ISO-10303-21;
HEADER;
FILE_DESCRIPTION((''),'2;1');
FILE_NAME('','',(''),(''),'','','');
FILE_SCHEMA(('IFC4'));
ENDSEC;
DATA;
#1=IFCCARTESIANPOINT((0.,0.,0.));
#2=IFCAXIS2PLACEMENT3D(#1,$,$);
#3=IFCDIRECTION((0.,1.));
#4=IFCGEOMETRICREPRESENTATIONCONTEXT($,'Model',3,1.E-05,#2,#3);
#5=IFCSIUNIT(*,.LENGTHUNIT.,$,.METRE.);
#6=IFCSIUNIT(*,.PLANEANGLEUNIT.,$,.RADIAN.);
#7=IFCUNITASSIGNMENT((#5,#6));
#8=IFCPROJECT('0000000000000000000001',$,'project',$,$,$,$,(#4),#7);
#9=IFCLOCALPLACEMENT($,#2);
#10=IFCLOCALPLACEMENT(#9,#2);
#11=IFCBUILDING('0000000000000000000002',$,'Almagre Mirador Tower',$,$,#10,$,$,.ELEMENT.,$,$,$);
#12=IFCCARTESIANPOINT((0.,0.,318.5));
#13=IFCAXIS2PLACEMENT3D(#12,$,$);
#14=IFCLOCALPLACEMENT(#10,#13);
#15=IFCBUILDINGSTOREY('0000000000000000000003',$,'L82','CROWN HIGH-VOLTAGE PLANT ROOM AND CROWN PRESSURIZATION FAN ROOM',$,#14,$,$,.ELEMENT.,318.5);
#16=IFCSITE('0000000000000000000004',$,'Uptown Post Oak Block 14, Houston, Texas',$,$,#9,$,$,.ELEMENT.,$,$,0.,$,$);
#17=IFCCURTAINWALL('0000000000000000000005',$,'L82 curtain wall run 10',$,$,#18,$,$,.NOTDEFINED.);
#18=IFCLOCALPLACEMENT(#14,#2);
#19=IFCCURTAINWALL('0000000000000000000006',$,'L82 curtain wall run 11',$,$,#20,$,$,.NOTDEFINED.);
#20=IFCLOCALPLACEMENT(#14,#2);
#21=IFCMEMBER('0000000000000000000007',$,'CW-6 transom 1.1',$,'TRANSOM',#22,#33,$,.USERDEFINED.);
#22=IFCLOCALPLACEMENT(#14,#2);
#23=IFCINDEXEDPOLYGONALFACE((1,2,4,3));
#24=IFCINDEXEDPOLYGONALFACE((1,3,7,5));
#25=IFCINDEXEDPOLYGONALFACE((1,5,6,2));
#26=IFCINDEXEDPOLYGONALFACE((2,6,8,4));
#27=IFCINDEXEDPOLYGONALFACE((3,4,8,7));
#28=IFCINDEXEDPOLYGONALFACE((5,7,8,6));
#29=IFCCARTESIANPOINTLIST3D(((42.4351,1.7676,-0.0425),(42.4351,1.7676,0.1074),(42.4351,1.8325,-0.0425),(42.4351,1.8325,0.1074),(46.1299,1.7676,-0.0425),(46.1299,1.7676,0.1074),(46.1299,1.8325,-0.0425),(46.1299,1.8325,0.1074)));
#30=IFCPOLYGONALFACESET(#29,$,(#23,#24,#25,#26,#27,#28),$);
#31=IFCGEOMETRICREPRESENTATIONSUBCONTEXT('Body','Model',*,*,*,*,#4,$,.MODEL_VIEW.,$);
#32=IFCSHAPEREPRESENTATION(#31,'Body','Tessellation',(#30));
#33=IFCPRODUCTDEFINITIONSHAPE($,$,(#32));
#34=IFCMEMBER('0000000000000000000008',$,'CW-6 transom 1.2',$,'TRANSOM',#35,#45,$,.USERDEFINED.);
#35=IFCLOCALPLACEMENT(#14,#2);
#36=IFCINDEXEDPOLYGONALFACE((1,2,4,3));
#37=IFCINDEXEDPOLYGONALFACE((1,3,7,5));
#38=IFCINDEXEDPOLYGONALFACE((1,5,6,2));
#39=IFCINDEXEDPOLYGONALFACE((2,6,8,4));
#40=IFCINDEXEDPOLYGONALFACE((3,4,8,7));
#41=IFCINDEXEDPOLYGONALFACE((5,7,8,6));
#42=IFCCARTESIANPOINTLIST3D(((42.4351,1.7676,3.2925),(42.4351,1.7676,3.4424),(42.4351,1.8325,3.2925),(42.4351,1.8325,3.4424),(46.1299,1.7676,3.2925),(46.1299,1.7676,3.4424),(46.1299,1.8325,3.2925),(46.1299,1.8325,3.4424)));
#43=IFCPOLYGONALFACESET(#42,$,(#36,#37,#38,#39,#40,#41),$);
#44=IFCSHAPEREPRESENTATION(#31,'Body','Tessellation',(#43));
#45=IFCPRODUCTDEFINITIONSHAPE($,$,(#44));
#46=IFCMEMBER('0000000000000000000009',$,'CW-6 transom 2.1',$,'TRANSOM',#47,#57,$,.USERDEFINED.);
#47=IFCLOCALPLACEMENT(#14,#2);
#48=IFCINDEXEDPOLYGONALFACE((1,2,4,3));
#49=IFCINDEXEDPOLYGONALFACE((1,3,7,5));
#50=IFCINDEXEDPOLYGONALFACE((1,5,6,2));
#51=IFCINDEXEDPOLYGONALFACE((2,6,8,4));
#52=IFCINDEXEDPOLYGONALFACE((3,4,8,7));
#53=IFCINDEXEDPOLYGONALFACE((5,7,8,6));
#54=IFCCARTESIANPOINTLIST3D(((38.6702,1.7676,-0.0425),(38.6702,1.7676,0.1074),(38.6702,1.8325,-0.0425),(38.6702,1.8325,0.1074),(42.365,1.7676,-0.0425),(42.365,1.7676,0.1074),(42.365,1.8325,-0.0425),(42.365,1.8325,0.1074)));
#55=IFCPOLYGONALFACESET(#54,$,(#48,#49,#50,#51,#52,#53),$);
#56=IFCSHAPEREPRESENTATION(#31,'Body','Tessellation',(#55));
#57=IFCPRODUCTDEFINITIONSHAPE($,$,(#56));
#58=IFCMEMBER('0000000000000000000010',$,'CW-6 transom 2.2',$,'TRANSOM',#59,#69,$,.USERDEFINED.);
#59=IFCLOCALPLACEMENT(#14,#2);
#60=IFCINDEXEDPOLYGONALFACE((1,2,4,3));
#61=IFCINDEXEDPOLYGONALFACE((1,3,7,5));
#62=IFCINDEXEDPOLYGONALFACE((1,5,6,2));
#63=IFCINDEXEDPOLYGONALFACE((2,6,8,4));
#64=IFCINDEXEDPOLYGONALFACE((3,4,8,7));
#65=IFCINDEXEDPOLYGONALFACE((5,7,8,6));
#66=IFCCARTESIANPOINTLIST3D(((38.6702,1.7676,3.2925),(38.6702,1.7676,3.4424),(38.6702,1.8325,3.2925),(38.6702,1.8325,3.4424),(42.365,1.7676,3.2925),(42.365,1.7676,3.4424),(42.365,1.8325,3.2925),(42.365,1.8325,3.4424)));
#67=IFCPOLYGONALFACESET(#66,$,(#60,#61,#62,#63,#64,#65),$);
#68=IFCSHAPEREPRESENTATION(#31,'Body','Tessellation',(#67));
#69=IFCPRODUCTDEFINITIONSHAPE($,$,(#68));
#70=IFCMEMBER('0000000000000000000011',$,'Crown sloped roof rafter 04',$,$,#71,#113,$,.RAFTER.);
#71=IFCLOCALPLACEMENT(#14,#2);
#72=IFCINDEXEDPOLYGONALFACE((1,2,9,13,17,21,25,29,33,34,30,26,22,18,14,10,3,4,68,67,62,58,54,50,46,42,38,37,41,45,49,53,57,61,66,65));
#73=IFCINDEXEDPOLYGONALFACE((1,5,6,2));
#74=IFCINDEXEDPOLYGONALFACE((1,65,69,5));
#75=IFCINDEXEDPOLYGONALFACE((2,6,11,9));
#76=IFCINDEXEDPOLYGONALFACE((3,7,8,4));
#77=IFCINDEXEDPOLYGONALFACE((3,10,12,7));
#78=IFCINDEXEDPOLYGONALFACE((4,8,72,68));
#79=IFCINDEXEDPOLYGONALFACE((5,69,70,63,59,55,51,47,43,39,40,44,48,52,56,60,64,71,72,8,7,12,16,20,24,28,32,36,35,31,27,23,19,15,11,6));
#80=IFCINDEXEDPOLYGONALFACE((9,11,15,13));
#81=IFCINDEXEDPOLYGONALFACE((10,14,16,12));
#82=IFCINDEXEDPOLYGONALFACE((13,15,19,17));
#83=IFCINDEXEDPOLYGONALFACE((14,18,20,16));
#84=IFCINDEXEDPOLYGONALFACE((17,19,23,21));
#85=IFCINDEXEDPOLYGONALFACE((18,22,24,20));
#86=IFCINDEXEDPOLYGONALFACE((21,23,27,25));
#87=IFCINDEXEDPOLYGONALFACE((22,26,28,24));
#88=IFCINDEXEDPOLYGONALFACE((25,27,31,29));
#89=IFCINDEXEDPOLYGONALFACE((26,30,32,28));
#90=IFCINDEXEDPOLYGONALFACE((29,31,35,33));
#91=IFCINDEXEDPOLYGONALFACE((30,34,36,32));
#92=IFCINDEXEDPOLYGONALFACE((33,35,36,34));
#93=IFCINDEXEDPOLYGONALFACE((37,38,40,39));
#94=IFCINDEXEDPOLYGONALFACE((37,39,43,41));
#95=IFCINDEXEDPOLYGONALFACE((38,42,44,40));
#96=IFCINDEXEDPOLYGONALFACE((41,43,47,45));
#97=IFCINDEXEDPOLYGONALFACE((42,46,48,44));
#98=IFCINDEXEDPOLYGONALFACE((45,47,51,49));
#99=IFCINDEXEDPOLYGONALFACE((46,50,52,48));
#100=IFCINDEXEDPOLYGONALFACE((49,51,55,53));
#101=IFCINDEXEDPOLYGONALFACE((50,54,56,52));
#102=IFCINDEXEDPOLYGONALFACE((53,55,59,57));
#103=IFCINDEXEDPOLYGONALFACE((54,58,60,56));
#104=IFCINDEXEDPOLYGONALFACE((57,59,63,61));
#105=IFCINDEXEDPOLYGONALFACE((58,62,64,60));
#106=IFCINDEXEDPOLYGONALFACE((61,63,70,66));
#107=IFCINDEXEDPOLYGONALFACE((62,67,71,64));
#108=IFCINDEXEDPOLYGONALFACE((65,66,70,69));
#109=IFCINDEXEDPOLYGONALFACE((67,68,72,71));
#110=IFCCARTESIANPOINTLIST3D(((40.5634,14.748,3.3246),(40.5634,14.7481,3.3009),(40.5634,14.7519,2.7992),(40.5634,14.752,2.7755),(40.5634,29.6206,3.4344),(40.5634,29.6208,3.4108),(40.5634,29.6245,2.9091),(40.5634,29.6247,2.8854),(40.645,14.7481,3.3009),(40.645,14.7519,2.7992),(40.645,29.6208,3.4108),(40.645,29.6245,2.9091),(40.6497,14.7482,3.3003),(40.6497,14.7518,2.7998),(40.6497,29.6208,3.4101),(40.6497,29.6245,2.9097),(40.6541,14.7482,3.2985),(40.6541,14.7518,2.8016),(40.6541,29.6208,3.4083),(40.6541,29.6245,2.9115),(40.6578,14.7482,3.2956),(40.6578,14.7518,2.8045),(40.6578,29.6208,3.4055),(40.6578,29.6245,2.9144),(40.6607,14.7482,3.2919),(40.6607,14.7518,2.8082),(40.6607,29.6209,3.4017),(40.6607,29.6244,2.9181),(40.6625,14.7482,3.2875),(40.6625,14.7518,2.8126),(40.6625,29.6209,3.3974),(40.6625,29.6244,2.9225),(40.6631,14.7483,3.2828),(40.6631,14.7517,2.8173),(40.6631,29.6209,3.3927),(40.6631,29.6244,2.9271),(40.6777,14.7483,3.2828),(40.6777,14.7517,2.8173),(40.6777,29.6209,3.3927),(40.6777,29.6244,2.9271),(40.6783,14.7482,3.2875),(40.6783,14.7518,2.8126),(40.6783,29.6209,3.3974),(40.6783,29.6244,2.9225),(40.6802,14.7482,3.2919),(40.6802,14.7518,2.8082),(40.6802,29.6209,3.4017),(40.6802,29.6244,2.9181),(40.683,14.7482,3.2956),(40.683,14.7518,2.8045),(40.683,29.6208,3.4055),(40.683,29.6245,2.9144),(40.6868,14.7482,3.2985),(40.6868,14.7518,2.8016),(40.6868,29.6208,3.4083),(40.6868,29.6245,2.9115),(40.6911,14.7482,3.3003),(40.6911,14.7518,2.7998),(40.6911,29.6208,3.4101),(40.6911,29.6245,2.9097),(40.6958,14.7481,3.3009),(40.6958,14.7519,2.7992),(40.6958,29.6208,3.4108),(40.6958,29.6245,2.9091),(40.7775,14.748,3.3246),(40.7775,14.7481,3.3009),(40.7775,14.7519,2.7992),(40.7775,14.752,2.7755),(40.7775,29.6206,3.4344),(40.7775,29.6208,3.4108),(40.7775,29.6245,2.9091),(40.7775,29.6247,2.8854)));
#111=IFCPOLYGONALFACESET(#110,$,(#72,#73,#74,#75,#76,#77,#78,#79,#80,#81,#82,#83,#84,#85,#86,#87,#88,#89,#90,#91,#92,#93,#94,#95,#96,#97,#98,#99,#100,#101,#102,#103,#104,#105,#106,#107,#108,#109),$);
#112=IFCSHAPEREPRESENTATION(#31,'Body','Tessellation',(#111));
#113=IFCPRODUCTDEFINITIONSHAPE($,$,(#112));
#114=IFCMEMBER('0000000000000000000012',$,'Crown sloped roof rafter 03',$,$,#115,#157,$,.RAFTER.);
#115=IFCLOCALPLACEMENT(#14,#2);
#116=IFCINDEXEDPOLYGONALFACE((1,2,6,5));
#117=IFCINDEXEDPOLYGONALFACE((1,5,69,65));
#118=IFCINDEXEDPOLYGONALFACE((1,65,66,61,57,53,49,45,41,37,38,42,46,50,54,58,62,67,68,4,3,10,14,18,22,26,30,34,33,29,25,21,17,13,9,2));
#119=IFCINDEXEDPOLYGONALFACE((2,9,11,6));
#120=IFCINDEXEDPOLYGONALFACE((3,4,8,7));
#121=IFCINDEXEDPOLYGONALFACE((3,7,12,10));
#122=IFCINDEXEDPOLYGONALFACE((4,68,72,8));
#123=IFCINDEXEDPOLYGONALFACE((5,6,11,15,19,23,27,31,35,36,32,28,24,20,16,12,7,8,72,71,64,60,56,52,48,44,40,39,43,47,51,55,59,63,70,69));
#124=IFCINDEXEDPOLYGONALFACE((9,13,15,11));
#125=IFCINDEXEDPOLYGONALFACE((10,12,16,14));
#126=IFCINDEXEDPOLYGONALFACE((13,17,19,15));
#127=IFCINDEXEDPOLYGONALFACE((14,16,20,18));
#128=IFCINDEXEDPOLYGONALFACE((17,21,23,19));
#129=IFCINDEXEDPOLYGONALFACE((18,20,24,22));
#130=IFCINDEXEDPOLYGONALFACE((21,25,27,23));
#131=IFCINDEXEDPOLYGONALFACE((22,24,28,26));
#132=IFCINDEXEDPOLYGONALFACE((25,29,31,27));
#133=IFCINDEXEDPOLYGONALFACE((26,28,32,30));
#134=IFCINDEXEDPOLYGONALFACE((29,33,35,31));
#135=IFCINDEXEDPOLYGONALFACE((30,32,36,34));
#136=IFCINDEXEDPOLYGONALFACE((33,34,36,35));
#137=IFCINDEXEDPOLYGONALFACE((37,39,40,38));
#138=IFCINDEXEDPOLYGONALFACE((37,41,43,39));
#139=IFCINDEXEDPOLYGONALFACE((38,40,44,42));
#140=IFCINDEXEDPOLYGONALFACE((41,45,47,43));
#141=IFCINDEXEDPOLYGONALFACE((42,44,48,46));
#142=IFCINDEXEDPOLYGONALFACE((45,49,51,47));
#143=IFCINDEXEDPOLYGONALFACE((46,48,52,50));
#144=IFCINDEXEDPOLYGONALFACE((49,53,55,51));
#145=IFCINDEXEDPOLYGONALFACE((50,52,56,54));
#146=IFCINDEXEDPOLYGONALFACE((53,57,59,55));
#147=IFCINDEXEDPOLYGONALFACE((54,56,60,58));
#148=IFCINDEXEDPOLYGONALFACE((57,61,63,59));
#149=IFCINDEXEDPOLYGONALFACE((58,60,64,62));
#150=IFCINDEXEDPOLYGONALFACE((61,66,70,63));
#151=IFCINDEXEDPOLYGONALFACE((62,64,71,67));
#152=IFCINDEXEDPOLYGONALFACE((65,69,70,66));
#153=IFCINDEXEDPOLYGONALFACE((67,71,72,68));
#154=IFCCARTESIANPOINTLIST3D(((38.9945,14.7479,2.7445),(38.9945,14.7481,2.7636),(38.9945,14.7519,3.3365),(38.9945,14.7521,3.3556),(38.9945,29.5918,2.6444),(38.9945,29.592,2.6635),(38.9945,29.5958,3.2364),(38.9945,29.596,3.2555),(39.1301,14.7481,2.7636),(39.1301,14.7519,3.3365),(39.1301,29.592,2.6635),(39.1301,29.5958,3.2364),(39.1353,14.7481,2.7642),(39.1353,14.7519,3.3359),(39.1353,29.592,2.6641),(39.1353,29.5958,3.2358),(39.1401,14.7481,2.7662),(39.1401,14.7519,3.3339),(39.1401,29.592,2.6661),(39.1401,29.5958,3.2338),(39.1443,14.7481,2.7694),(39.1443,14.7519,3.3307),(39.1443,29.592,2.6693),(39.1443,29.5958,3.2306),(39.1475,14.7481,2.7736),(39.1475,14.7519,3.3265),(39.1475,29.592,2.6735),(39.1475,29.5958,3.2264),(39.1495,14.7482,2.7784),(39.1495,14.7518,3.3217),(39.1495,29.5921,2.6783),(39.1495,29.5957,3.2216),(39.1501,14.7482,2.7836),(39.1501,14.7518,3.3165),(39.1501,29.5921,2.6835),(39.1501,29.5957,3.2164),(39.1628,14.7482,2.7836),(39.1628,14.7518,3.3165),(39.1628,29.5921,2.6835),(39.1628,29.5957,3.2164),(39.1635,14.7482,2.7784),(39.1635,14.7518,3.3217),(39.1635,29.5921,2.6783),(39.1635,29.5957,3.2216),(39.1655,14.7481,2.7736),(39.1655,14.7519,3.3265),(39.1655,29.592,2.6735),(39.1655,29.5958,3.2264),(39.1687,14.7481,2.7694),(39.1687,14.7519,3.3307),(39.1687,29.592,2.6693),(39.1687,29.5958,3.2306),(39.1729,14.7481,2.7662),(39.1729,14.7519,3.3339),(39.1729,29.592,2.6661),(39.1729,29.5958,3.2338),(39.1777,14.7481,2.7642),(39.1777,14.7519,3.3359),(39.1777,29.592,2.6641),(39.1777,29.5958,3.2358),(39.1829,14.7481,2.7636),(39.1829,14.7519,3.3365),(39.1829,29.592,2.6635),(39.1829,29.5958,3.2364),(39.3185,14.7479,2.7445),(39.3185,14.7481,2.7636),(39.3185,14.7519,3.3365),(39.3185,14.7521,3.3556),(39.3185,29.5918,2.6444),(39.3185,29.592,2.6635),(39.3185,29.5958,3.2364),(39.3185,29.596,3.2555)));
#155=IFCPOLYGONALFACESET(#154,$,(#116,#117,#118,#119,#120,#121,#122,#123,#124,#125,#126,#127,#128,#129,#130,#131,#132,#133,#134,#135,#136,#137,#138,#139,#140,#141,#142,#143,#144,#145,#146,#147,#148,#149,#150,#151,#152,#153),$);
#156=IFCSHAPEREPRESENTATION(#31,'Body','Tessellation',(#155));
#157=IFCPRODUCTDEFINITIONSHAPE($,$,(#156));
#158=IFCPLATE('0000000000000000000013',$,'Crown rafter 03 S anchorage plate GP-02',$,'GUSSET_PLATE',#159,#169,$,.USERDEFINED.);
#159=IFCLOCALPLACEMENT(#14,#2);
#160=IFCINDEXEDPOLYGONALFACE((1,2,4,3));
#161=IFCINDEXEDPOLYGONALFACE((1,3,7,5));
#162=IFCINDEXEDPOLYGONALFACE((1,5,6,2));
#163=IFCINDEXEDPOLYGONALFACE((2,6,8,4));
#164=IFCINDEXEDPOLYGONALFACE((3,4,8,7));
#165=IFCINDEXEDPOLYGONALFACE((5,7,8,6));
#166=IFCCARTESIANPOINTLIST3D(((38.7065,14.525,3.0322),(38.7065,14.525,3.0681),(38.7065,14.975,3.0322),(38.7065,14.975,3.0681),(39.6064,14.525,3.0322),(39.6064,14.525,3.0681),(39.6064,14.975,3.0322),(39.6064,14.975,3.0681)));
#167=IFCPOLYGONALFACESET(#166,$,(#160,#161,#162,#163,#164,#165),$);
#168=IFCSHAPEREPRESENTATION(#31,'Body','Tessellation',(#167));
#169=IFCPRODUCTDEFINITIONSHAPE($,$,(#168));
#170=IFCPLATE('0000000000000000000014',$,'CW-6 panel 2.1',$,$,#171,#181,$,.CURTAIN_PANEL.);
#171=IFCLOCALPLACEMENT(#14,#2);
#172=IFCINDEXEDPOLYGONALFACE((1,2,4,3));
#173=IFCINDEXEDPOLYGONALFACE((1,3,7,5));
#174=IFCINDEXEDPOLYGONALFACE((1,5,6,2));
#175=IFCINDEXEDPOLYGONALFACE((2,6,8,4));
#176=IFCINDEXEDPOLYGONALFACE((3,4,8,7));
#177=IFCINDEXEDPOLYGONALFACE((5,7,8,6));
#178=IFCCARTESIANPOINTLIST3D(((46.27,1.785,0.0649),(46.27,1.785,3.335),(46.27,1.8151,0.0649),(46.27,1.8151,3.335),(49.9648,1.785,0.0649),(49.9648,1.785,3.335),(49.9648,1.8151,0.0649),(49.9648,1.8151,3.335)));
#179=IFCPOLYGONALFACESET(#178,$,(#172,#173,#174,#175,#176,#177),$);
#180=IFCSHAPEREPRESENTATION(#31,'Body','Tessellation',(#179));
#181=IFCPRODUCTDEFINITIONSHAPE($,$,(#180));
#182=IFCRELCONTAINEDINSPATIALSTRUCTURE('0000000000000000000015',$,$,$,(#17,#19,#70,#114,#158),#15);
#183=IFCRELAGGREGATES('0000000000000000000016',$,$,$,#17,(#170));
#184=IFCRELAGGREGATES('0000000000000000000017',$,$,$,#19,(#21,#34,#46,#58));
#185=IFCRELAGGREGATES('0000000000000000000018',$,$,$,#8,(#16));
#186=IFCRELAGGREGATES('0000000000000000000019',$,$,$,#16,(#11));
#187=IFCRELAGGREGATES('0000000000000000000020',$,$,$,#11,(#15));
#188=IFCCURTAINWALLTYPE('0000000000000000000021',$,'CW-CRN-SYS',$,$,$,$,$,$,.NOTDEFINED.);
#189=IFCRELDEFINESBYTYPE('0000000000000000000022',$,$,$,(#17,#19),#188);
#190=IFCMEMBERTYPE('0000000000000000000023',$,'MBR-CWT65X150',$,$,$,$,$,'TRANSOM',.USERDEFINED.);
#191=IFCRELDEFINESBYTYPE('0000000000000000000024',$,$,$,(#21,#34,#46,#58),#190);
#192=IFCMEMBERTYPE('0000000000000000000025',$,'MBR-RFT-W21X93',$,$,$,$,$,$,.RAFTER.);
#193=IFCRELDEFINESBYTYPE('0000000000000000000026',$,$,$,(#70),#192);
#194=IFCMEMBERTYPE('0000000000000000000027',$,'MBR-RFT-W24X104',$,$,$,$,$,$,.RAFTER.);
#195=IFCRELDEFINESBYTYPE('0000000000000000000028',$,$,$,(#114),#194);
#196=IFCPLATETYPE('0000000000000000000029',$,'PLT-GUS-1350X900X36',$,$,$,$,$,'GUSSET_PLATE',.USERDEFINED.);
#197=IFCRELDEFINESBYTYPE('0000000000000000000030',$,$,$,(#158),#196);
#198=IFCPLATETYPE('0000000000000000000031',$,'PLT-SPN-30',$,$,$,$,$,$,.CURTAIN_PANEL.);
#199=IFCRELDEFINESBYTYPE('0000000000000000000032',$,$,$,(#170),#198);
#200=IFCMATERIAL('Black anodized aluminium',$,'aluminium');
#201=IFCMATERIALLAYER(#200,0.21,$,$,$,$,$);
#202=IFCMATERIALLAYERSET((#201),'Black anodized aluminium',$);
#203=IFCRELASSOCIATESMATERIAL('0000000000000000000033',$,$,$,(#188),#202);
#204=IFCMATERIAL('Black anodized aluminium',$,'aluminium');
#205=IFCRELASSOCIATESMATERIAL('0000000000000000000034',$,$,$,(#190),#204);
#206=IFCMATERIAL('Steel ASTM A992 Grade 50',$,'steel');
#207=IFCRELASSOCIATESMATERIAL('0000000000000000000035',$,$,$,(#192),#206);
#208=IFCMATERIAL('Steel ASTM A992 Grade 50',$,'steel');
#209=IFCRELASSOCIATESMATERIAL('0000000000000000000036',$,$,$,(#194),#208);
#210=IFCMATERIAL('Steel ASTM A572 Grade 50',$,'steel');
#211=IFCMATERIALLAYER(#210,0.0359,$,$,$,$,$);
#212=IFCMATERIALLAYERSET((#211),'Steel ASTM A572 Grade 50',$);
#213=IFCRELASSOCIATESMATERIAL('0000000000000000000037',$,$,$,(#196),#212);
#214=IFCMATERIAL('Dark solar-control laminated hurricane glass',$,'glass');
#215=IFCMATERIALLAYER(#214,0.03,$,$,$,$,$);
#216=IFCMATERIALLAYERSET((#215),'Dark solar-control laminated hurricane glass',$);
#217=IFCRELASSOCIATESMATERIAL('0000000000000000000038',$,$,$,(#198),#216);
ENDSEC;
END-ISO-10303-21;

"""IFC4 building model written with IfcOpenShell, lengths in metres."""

from ifc_helpers import new_model, si_unit, direction, frame, origin, origin_2d, place, context, subcontext, project, spatial, rectangle, i_section, extrude, material, layer, layer_set, material_profile, profile_set, type_object, element, aggregate, save


model = new_model("IFC4")

# Units and contexts
model_context = context("Model", 3, precision=1e-05, world=origin(), true_north=direction((0.0, 1.0)))
body_context = subcontext(model_context, "Body", "Model", "MODEL_VIEW")
ifc_project = project(units=[si_unit("LENGTHUNIT", "METRE"), si_unit("PLANEANGLEUNIT", "RADIAN")], contexts=[model_context])

# Site, building, storey
site_placement = place(None, origin())
site = spatial("IfcSite", under=ifc_project, at=site_placement, Name="Uptown Post Oak Block 14, Houston, Texas", CompositionType="ELEMENT", RefElevation=0.0)
building_placement = place(site_placement, origin())
building = spatial("IfcBuilding", under=site, at=building_placement, Name="Almagre Mirador Tower", CompositionType="ELEMENT")
storey_placement = place(building_placement, frame((0.0, 0.0, 318.5)))
storey = spatial("IfcBuildingStorey", under=building, at=storey_placement, Name="L82", Description="CROWN HIGH-VOLTAGE PLANT ROOM AND CROWN PRESSURIZATION FAN ROOM", CompositionType="ELEMENT", Elevation=318.5)

# Curtain wall
ifc_material_1 = material(Name="Black anodized aluminium", Category="aluminium")
ifc_layer_1 = layer(ifc_material_1, 0.21)
ifc_layer_set_1 = layer_set([ifc_layer_1], Name="Black anodized aluminium")
curtain_wall_type = type_object("IfcCurtainWallType", Name="CW-CRN-SYS", PredefinedType="NOTDEFINED", material=ifc_layer_set_1)
curtain_wall_1_placement = place(storey_placement, origin())
curtain_wall_1 = element("IfcCurtainWall", 1, at=curtain_wall_1_placement, inside=storey, type_object=curtain_wall_type, Name="L82 curtain wall run 10", PredefinedType="NOTDEFINED")

# Curtain wall, members
curtain_wall_2_placement = place(storey_placement, origin())
curtain_wall_2 = element("IfcCurtainWall", 2, at=curtain_wall_2_placement, inside=storey, type_object=curtain_wall_type, Name="L82 curtain wall run 11", PredefinedType="NOTDEFINED")
ifc_material_2 = material(Name="Black anodized aluminium", Category="aluminium")
ifc_material_profile_1 = material_profile(ifc_material_2, rectangle(XDim=0.0649, YDim=0.1499, at=origin_2d()), Name="CWT65X150")
ifc_profile_set_1 = profile_set([ifc_material_profile_1], Name="Black anodized aluminium")
member_type_1 = type_object("IfcMemberType", Name="MBR-CWT65X150", ElementType="TRANSOM", PredefinedType="USERDEFINED", material=ifc_profile_set_1)
member_1_placement = place(storey_placement, frame((46.1299, 1.8, 0.0325), z_axis=(-1.0, 0.0, 0.0), x_axis=(0.0, -1.0, 0.0)))
member_1 = element("IfcMember", 3, at=member_1_placement, type_object=member_type_1, Name="CW-6 transom 1.1", ObjectType="TRANSOM", PredefinedType="USERDEFINED", context=body_context, shape_type="SweptSolid", body=[
    extrude(rectangle(XDim=0.0649, YDim=0.1499, at=origin_2d()), origin(), (0.0, 0.0, 1.0), 3.6948),
])
member_2_placement = place(storey_placement, frame((46.1299, 1.8, 3.3674), z_axis=(-1.0, 0.0, 0.0), x_axis=(0.0, -1.0, 0.0)))
member_2 = element("IfcMember", 4, at=member_2_placement, type_object=member_type_1, Name="CW-6 transom 1.2", ObjectType="TRANSOM", PredefinedType="USERDEFINED", context=body_context, shape_type="SweptSolid", body=[
    extrude(rectangle(XDim=0.0649, YDim=0.1499, at=origin_2d()), origin(), (0.0, 0.0, 1.0), 3.6948),
])
member_3_placement = place(storey_placement, frame((42.365, 1.8, 0.0325), z_axis=(-1.0, 0.0, 0.0), x_axis=(0.0, -1.0, 0.0)))
member_3 = element("IfcMember", 5, at=member_3_placement, type_object=member_type_1, Name="CW-6 transom 2.1", ObjectType="TRANSOM", PredefinedType="USERDEFINED", context=body_context, shape_type="SweptSolid", body=[
    extrude(rectangle(XDim=0.0649, YDim=0.1499, at=origin_2d()), origin(), (0.0, 0.0, 1.0), 3.6948),
])
member_4_placement = place(storey_placement, frame((42.365, 1.8, 3.3674), z_axis=(-1.0, 0.0, 0.0), x_axis=(0.0, -1.0, 0.0)))
member_4 = element("IfcMember", 6, at=member_4_placement, type_object=member_type_1, Name="CW-6 transom 2.2", ObjectType="TRANSOM", PredefinedType="USERDEFINED", context=body_context, shape_type="SweptSolid", body=[
    extrude(rectangle(XDim=0.0649, YDim=0.1499, at=origin_2d()), origin(), (0.0, 0.0, 1.0), 3.6948),
])

# Members
ifc_material_3 = material(Name="Steel ASTM A992 Grade 50", Category="steel")
ifc_material_profile_2 = material_profile(ifc_material_3, i_section(OverallWidth=0.2141, OverallDepth=0.5491, WebThickness=0.0146, FlangeThickness=0.0237, FilletRadius=0.0181, at=origin_2d()), Name="W21X93")
ifc_profile_set_2 = profile_set([ifc_material_profile_2], Name="Steel ASTM A992 Grade 50")
member_type_2 = type_object("IfcMemberType", Name="MBR-RFT-W21X93", PredefinedType="RAFTER", material=ifc_profile_set_2)
member_5_placement = place(storey_placement, frame((40.6704, 14.75, 3.05), z_axis=(0.0, 0.999973, 0.007387), x_axis=(-1.0, 0.0, 0.0)))
element("IfcMember", 7, at=member_5_placement, inside=storey, type_object=member_type_2, Name="Crown sloped roof rafter 04", PredefinedType="RAFTER", context=body_context, shape_type="SweptSolid", body=[
    extrude(i_section(OverallWidth=0.2141, OverallDepth=0.5491, WebThickness=0.0146, FlangeThickness=0.0237, FilletRadius=0.0181, at=origin_2d()), origin(), (0.0, 0.0, 1.0), 14.873),
])
ifc_material_4 = material(Name="Steel ASTM A992 Grade 50", Category="steel")
ifc_material_profile_3 = material_profile(ifc_material_4, i_section(OverallWidth=0.324, OverallDepth=0.6111, WebThickness=0.0127, FlangeThickness=0.019, FilletRadius=0.02, at=origin_2d()), Name="W24X104")
ifc_profile_set_3 = profile_set([ifc_material_profile_3], Name="Steel ASTM A992 Grade 50")
member_type_3 = type_object("IfcMemberType", Name="MBR-RFT-W24X104", PredefinedType="RAFTER", material=ifc_profile_set_3)
member_6_placement = place(storey_placement, frame((39.1565, 14.75, 3.05), z_axis=(0.0, 0.999977, -0.006743), x_axis=(-1.0, 0.0, 0.0)))
element("IfcMember", 8, at=member_6_placement, inside=storey, type_object=member_type_3, Name="Crown sloped roof rafter 03", PredefinedType="RAFTER", context=body_context, shape_type="SweptSolid", body=[
    extrude(i_section(OverallWidth=0.324, OverallDepth=0.6111, WebThickness=0.0127, FlangeThickness=0.019, FilletRadius=0.02, at=origin_2d()), origin(), (0.0, 0.0, 1.0), 14.8442),
])

# Plates
ifc_material_5 = material(Name="Steel ASTM A572 Grade 50", Category="steel")
ifc_layer_2 = layer(ifc_material_5, 0.0359)
ifc_layer_set_2 = layer_set([ifc_layer_2], Name="Steel ASTM A572 Grade 50")
plate_type_1 = type_object("IfcPlateType", Name="PLT-GUS-1350X900X36", ElementType="GUSSET_PLATE", PredefinedType="USERDEFINED", material=ifc_layer_set_2)
plate_1_placement = place(storey_placement, frame((39.1565, 14.75, 3.0322), z_axis=(0.0, 0.0, 1.0), x_axis=(1.0, 0.0, 0.0)))
element("IfcPlate", 9, at=plate_1_placement, inside=storey, type_object=plate_type_1, Name="Crown rafter 03 S anchorage plate GP-02", ObjectType="GUSSET_PLATE", PredefinedType="USERDEFINED", context=body_context, shape_type="SweptSolid", body=[
    extrude(rectangle(XDim=0.8999, YDim=0.45, at=origin_2d()), origin(), (0.0, 0.0, 1.0), 0.0359),
])
ifc_material_6 = material(Name="Dark solar-control laminated hurricane glass", Category="glass")
ifc_layer_3 = layer(ifc_material_6, 0.03)
ifc_layer_set_3 = layer_set([ifc_layer_3], Name="Dark solar-control laminated hurricane glass")
plate_type_2 = type_object("IfcPlateType", Name="PLT-SPN-30", PredefinedType="CURTAIN_PANEL", material=ifc_layer_set_3)
plate_2_placement = place(storey_placement, frame((48.1174, 1.8, 0.0649), z_axis=(0.0, 0.0, 1.0), x_axis=(-1.0, 0.0, 0.0)))
plate_2 = element("IfcPlate", 10, at=plate_2_placement, type_object=plate_type_2, Name="CW-6 panel 2.1", PredefinedType="CURTAIN_PANEL", context=body_context, shape_type="SweptSolid", body=[
    extrude(rectangle(XDim=3.6948, YDim=0.03, at=origin_2d()), origin(), (0.0, 0.0, 1.0), 3.27),
])
aggregate(curtain_wall_1, [plate_2])
aggregate(curtain_wall_2, [member_1, member_2, member_3, member_4])

save(model, "model.ifc")
